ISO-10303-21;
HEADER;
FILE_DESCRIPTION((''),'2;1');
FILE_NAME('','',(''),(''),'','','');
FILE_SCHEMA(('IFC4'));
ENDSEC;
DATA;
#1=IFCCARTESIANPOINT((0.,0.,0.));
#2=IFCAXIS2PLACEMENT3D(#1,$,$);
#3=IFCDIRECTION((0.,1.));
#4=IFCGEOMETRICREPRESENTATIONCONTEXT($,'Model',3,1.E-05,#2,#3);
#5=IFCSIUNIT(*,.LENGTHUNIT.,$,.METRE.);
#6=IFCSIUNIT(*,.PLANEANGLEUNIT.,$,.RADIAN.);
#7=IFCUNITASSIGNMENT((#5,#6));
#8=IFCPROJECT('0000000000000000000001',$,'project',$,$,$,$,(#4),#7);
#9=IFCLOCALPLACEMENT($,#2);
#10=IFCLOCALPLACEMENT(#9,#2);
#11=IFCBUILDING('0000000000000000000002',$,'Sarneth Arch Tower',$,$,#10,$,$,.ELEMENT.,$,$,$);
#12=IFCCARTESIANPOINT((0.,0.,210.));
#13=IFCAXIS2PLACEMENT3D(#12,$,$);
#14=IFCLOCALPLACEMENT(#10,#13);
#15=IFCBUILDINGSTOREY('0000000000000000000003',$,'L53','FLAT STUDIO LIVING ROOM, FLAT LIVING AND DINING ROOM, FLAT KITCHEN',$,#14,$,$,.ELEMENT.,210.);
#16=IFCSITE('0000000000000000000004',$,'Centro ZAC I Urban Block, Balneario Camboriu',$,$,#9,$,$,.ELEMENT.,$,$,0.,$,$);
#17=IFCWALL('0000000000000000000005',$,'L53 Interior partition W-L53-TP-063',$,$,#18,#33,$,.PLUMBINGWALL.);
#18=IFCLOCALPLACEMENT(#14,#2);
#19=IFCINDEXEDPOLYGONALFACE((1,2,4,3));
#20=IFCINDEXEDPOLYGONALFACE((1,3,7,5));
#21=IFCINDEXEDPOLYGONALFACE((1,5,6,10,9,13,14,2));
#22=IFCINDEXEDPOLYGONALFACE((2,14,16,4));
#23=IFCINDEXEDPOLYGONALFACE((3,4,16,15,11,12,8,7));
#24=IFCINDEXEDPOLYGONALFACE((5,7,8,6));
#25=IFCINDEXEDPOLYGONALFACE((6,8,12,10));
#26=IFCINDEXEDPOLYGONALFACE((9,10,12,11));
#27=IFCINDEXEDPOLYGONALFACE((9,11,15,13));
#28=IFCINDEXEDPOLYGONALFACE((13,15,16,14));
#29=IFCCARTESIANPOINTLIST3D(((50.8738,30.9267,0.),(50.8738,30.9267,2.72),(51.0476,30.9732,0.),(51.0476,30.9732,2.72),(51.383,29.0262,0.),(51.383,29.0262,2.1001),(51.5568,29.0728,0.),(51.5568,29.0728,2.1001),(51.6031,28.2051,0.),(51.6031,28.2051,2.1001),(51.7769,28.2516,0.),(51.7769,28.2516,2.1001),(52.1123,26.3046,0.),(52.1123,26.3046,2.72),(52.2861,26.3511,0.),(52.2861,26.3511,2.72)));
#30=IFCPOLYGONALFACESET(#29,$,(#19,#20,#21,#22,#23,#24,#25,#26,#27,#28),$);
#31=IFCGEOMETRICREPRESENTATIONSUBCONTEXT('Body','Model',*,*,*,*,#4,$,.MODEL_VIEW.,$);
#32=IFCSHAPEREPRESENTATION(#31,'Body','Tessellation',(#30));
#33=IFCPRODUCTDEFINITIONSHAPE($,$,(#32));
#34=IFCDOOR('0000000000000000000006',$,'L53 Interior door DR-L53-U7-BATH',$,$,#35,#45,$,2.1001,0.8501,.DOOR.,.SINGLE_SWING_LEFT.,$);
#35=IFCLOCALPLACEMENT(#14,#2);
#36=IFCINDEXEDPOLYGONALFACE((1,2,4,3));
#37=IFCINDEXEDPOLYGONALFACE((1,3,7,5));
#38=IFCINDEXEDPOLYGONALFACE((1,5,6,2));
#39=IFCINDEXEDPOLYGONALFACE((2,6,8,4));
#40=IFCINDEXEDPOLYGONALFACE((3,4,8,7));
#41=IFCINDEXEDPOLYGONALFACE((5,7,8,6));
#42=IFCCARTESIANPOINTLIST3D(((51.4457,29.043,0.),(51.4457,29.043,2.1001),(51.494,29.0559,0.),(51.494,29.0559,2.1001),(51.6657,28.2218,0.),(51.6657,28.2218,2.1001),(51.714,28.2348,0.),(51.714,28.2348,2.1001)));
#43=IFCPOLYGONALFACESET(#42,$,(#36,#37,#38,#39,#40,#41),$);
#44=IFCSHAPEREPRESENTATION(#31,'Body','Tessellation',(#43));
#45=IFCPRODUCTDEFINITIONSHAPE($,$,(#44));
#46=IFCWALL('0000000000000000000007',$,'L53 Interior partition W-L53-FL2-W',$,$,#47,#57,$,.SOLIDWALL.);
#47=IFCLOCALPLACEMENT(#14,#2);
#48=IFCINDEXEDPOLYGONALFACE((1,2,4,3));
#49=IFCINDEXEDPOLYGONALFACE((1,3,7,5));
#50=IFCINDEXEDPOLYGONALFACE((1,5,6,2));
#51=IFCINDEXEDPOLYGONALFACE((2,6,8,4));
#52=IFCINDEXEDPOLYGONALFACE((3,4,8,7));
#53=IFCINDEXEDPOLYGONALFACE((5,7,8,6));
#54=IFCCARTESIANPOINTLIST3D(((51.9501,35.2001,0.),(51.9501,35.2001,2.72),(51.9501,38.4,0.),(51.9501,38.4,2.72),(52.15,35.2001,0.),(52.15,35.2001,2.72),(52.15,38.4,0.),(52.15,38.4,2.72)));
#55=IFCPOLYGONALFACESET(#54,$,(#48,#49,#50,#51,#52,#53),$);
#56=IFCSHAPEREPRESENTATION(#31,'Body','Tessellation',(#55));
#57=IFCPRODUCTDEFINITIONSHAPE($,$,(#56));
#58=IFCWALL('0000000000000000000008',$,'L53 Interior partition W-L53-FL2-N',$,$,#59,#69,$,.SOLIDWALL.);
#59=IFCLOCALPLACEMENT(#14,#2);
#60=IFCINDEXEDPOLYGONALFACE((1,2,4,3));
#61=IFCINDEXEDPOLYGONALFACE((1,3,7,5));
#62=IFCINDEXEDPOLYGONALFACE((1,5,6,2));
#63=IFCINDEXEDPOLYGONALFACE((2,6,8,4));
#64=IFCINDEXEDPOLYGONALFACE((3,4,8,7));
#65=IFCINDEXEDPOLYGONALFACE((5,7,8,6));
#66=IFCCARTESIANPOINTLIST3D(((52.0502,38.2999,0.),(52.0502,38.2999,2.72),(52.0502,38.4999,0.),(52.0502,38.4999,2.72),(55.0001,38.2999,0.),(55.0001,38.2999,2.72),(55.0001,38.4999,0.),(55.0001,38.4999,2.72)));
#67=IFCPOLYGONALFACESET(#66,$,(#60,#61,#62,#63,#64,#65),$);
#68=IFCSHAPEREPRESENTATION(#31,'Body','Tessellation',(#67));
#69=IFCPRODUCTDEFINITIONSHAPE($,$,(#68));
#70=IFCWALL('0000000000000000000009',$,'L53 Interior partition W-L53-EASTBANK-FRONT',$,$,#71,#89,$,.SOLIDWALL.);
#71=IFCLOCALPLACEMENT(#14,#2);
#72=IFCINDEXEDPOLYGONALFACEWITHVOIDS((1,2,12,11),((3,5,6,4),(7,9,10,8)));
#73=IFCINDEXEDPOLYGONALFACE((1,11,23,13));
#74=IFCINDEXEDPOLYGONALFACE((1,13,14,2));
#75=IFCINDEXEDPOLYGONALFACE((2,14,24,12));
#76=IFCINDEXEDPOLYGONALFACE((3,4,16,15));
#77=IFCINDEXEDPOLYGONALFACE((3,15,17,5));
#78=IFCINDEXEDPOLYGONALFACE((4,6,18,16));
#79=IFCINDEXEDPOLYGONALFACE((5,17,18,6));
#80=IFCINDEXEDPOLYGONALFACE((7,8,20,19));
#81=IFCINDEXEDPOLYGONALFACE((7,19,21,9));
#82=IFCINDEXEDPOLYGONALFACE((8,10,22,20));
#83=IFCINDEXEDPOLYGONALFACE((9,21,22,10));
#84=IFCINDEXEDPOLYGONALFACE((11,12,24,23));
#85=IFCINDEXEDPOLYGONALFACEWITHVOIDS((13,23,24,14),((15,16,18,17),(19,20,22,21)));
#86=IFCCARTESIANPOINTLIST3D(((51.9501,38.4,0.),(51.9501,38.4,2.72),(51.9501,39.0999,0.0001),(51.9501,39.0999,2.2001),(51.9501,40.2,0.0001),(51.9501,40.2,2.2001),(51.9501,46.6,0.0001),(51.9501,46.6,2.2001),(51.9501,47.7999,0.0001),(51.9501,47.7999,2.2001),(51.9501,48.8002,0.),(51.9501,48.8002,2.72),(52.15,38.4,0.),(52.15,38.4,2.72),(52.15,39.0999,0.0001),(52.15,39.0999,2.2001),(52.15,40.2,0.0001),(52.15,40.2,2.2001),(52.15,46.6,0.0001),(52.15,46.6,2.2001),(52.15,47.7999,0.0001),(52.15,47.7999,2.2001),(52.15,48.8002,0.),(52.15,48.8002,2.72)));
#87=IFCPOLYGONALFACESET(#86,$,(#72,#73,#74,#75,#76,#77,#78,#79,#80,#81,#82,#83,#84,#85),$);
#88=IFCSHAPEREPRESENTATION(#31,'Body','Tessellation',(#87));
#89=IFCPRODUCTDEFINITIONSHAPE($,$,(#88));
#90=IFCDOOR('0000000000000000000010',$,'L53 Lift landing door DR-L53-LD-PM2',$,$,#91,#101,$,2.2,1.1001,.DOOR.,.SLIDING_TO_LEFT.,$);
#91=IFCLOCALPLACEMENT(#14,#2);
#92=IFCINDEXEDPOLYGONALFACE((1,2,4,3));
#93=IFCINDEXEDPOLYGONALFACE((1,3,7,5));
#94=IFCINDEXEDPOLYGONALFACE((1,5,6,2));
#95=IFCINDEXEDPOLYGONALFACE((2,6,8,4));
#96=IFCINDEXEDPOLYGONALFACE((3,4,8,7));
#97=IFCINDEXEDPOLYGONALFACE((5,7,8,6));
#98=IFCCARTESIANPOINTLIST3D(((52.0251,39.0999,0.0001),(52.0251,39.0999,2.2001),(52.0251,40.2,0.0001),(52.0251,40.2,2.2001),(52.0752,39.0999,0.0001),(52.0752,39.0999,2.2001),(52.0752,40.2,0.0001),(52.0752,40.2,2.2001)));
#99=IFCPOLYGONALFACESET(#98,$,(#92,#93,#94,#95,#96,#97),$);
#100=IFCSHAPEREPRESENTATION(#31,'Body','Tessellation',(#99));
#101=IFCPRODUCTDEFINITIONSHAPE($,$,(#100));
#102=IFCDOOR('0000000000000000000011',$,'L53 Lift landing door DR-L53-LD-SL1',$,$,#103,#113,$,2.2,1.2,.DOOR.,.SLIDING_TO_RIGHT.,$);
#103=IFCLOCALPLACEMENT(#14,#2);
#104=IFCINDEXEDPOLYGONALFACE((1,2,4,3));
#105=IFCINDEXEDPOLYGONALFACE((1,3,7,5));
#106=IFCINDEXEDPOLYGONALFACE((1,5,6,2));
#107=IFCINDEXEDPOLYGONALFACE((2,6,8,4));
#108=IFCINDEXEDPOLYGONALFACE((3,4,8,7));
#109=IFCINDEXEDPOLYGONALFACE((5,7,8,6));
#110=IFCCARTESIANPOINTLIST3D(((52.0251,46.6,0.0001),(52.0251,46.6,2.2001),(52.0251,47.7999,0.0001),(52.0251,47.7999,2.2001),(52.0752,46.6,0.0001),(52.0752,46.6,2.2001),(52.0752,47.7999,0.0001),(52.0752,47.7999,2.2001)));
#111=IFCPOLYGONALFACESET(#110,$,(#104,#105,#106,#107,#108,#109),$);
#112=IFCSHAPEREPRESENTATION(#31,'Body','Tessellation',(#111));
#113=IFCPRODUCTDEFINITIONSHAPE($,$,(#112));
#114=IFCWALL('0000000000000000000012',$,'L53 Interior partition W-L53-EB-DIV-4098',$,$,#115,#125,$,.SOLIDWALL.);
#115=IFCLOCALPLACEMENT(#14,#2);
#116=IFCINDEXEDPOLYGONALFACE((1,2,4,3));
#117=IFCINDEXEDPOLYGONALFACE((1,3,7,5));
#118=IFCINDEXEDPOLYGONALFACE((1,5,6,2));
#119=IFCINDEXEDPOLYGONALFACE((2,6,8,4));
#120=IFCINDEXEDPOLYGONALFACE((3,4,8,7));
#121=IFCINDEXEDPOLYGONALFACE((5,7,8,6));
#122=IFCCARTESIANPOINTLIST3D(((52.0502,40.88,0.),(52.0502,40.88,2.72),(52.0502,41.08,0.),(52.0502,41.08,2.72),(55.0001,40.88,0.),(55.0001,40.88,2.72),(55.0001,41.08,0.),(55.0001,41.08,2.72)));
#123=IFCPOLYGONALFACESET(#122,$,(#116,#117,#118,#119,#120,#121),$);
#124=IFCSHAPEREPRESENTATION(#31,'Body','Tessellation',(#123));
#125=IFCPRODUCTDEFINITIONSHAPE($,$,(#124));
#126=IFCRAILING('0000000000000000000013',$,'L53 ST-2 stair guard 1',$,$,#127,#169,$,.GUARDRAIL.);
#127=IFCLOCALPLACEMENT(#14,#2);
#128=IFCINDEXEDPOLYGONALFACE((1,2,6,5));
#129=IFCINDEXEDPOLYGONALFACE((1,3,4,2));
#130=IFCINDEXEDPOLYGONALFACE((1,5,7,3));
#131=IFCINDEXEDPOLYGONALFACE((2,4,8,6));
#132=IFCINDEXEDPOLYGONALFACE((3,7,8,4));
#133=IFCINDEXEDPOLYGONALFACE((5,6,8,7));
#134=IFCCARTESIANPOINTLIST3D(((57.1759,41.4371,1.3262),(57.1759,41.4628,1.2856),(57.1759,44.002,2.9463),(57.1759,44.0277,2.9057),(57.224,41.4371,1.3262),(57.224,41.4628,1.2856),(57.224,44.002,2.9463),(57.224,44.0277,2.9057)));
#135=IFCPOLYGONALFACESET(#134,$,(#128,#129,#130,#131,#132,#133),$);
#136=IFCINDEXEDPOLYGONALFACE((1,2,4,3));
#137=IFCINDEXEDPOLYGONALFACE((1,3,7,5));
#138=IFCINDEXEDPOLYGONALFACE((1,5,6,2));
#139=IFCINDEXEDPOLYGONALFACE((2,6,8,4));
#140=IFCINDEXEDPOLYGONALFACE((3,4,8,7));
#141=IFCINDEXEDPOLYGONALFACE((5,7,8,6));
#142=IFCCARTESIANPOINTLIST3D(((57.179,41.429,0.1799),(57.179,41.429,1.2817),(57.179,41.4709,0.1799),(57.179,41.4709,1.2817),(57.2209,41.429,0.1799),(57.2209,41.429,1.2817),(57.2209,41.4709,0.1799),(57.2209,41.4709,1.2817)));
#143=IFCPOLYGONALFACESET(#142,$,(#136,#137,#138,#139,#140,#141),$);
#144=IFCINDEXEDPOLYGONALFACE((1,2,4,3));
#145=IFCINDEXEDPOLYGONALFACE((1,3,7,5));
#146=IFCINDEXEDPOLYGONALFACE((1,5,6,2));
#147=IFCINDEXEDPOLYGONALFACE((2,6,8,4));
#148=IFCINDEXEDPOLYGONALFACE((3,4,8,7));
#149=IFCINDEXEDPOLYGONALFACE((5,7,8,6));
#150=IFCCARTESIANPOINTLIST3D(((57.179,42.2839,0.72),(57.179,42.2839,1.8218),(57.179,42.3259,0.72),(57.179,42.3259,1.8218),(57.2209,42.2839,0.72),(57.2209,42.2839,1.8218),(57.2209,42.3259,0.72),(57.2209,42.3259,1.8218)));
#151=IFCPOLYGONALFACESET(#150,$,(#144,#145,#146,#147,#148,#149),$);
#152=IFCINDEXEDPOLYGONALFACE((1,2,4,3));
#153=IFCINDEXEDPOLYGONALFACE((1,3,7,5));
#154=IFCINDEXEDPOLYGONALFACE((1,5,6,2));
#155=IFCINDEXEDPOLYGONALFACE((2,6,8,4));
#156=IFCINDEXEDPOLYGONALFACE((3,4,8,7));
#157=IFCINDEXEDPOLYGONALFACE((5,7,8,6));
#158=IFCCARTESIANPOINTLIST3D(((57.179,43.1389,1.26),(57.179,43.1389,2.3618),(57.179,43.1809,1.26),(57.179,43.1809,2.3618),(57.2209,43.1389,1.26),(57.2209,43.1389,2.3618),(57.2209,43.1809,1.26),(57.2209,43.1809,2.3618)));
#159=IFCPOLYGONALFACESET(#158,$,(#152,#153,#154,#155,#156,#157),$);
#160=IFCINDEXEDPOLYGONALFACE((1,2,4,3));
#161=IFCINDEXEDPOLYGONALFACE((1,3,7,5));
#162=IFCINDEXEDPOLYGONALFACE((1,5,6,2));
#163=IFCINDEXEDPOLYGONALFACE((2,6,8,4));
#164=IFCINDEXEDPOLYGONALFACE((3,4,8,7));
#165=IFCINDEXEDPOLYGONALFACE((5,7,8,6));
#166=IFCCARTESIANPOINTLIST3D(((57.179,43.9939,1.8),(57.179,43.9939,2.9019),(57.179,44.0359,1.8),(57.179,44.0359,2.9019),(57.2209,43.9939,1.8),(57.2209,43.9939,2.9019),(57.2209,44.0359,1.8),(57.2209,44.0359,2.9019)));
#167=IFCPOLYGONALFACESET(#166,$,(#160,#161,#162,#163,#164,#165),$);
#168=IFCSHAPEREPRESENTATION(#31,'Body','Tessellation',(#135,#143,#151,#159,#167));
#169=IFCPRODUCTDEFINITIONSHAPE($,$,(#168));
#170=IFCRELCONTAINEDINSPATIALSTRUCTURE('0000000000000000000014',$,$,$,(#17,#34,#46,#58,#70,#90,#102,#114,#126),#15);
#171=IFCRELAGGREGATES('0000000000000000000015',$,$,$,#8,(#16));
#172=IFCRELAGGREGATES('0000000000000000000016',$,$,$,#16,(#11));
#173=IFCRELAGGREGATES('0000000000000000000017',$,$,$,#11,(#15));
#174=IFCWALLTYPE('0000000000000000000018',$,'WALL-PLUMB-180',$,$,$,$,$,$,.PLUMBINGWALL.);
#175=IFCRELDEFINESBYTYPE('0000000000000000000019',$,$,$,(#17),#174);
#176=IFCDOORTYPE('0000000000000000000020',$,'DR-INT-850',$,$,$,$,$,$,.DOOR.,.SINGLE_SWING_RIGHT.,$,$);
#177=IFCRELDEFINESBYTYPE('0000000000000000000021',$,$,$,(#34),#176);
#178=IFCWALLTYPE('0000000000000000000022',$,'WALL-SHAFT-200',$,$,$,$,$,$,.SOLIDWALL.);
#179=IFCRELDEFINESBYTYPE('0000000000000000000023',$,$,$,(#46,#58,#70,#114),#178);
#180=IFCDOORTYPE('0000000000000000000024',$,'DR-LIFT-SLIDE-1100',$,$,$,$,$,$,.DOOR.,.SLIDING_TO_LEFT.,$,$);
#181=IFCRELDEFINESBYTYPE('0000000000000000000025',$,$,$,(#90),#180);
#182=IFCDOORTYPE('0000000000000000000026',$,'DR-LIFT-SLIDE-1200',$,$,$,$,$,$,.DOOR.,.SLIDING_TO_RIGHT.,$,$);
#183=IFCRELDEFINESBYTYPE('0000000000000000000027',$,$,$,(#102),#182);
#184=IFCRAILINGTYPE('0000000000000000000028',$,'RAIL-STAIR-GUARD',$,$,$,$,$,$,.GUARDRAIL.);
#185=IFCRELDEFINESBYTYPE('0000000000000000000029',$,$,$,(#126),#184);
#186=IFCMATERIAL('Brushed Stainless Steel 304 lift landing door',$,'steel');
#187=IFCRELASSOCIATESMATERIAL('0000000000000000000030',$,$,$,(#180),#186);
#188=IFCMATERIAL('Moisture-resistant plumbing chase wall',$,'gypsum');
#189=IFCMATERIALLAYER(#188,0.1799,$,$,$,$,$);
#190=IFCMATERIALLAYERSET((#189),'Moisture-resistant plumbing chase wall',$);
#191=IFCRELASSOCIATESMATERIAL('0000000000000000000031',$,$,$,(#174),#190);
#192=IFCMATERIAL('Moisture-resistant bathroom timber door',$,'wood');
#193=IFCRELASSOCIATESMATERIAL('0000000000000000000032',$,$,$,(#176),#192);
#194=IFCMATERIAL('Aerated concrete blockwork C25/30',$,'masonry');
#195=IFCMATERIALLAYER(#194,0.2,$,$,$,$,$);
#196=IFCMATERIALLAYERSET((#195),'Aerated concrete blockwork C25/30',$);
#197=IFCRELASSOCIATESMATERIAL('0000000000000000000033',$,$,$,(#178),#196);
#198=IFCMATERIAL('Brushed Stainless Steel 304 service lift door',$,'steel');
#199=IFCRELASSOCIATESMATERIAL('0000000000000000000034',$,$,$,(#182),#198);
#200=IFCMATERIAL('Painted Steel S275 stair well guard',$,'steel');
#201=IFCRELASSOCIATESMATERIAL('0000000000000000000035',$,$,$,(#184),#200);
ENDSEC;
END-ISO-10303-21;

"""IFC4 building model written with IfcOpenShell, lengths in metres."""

from ifc_helpers import new_model, si_unit, direction, frame, frame_2d, origin, origin_2d, place, context, subcontext, project, spatial, rectangle, extrude, material, layer, layer_set, type_object, element, fill, save


model = new_model("IFC4")

# Units and contexts
model_context = context("Model", 3, precision=1e-05, world=origin(), true_north=direction((0.0, 1.0)))
body_context = subcontext(model_context, "Body", "Model", "MODEL_VIEW")
ifc_project = project(units=[si_unit("LENGTHUNIT", "METRE"), si_unit("PLANEANGLEUNIT", "RADIAN")], contexts=[model_context])

# Site, building, storey
site_placement = place(None, origin())
site = spatial("IfcSite", under=ifc_project, at=site_placement, Name="Centro ZAC I Urban Block, Balneario Camboriu", CompositionType="ELEMENT", RefElevation=0.0)
building_placement = place(site_placement, origin())
building = spatial("IfcBuilding", under=site, at=building_placement, Name="Sarneth Arch Tower", CompositionType="ELEMENT")
storey_placement = place(building_placement, frame((0.0, 0.0, 210.0)))
storey = spatial("IfcBuildingStorey", under=building, at=storey_placement, Name="L53", Description="FLAT STUDIO LIVING ROOM, FLAT LIVING AND DINING ROOM, FLAT KITCHEN", CompositionType="ELEMENT", Elevation=210.0)

# Shared definitions
ifc_material_1 = material(Name="Brushed Stainless Steel 304 lift landing door", Category="steel")
door_type_1 = type_object("IfcDoorType", Name="DR-LIFT-SLIDE-1100", OperationType="SLIDING_TO_LEFT", PredefinedType="DOOR", material=ifc_material_1)

# Shared definitions
ifc_material_2 = material(Name="Moisture-resistant plumbing chase wall", Category="gypsum")
ifc_layer_1 = layer(ifc_material_2, 0.1799)
ifc_layer_set_1 = layer_set([ifc_layer_1], Name="Moisture-resistant plumbing chase wall")
wall_type_1 = type_object("IfcWallType", Name="WALL-PLUMB-180", PredefinedType="PLUMBINGWALL", material=ifc_layer_set_1)

# Wall, opening, door
ifc_material_3 = material(Name="Moisture-resistant bathroom timber door", Category="wood")
door_type_2 = type_object("IfcDoorType", Name="DR-INT-850", OperationType="SINGLE_SWING_RIGHT", PredefinedType="DOOR", material=ifc_material_3)
wall_1_placement = place(storey_placement, frame((50.9607, 30.95, 0.0), z_axis=(0.0, 0.0, 1.0), x_axis=(0.258828, -0.965923, 0.0)))
wall_1 = element("IfcWall", 1, at=wall_1_placement, inside=storey, type_object=wall_type_1, Name="L53 Interior partition W-L53-TP-063", PredefinedType="PLUMBINGWALL", context=body_context, shape_type="SweptSolid", body=[
    extrude(rectangle(XDim=4.7852, YDim=0.1799, at=frame_2d((2.3926, 0.0))), origin(), (0.0, 0.0, 1.0), 2.72),
])
opening_1_placement = place(wall_1_placement, frame((1.9675, 0.0, 0.0)))
opening_1 = element("IfcOpeningElement", 2, at=opening_1_placement, cuts=wall_1, PredefinedType="OPENING", context=body_context, shape_type="SweptSolid", body=[
    extrude(rectangle(XDim=0.8501, YDim=2.1001, at=frame_2d((0.425, 1.05))), frame((0.0, 0.0999, 0.0), z_axis=(0.0, -1.0, 0.0), x_axis=(1.0, 0.0, 0.0)), (0.0, 0.0, 1.0), 0.2),
])
door_1_placement = place(opening_1_placement, origin())
door_1 = element("IfcDoor", 3, at=door_1_placement, inside=storey, type_object=door_type_2, Name="L53 Interior door DR-L53-U7-BATH", OperationType="SINGLE_SWING_LEFT", OverallHeight=2.1001, OverallWidth=0.8501, PredefinedType="DOOR", context=body_context, shape_type="SweptSolid", body=[
    extrude(rectangle(XDim=0.8501, YDim=2.1001, at=frame_2d((0.425, 1.05))), frame((0.0, 0.0249, 0.0), z_axis=(0.0, -1.0, 0.0), x_axis=(1.0, 0.0, 0.0)), (0.0, 0.0, 1.0), 0.05),
])
fill(opening_1, door_1)
ifc_material_4 = material(Name="Aerated concrete blockwork C25/30", Category="masonry")
ifc_layer_2 = layer(ifc_material_4, 0.2)
ifc_layer_set_2 = layer_set([ifc_layer_2], Name="Aerated concrete blockwork C25/30")
wall_type_2 = type_object("IfcWallType", Name="WALL-SHAFT-200", PredefinedType="SOLIDWALL", material=ifc_layer_set_2)

# Walls
wall_2_placement = place(storey_placement, frame((52.05, 35.2, 0.0), z_axis=(0.0, 0.0, 1.0), x_axis=(0.0, 1.0, 0.0)))
element("IfcWall", 4, at=wall_2_placement, inside=storey, type_object=wall_type_2, Name="L53 Interior partition W-L53-FL2-W", PredefinedType="SOLIDWALL", context=body_context, shape_type="SweptSolid", body=[
    extrude(rectangle(XDim=3.2, YDim=0.2, at=frame_2d((1.6001, 0.0))), origin(), (0.0, 0.0, 1.0), 2.72),
])
wall_3_placement = place(storey_placement, frame((52.05, 38.3999, 0.0), z_axis=(0.0, 0.0, 1.0), x_axis=(1.0, 0.0, 0.0)))
element("IfcWall", 5, at=wall_3_placement, inside=storey, type_object=wall_type_2, Name="L53 Interior partition W-L53-FL2-N", PredefinedType="SOLIDWALL", context=body_context, shape_type="SweptSolid", body=[
    extrude(rectangle(XDim=2.95, YDim=0.2, at=frame_2d((1.4751, 0.0))), origin(), (0.0, 0.0, 1.0), 2.72),
])

# Wall, openings, doors
wall_4_placement = place(storey_placement, frame((52.05, 38.3999, 0.0), z_axis=(0.0, 0.0, 1.0), x_axis=(0.0, 1.0, 0.0)))
wall_4 = element("IfcWall", 6, at=wall_4_placement, inside=storey, type_object=wall_type_2, Name="L53 Interior partition W-L53-EASTBANK-FRONT", PredefinedType="SOLIDWALL", context=body_context, shape_type="SweptSolid", body=[
    extrude(rectangle(XDim=10.4001, YDim=0.2, at=frame_2d((5.2002, 0.0))), origin(), (0.0, 0.0, 1.0), 2.72),
])
opening_2_placement = place(wall_4_placement, frame((0.7, 0.0, 0.0)))
opening_2 = element("IfcOpeningElement", 7, at=opening_2_placement, cuts=wall_4, PredefinedType="OPENING", context=body_context, shape_type="SweptSolid", body=[
    extrude(rectangle(XDim=1.1001, YDim=2.2, at=frame_2d((0.55, 1.1001))), frame((0.0, 0.1099, 0.0), z_axis=(0.0, -1.0, 0.0), x_axis=(1.0, 0.0, 0.0)), (0.0, 0.0, 1.0), 0.22),
])
opening_3_placement = place(wall_4_placement, frame((8.2, 0.0, 0.0)))
opening_3 = element("IfcOpeningElement", 8, at=opening_3_placement, cuts=wall_4, PredefinedType="OPENING", context=body_context, shape_type="SweptSolid", body=[
    extrude(rectangle(XDim=1.2, YDim=2.2, at=frame_2d((0.6001, 1.1001))), frame((0.0, 0.1099, 0.0), z_axis=(0.0, -1.0, 0.0), x_axis=(1.0, 0.0, 0.0)), (0.0, 0.0, 1.0), 0.22),
])
door_2_placement = place(opening_2_placement, origin())
door_2 = element("IfcDoor", 9, at=door_2_placement, inside=storey, type_object=door_type_1, Name="L53 Lift landing door DR-L53-LD-PM2", OperationType="SLIDING_TO_LEFT", OverallHeight=2.2, OverallWidth=1.1001, PredefinedType="DOOR", context=body_context, shape_type="SweptSolid", body=[
    extrude(rectangle(XDim=1.1001, YDim=2.2, at=frame_2d((0.55, 1.1001))), frame((0.0, 0.0249, 0.0), z_axis=(0.0, -1.0, 0.0), x_axis=(1.0, 0.0, 0.0)), (0.0, 0.0, 1.0), 0.05),
])
fill(opening_2, door_2)
ifc_material_5 = material(Name="Brushed Stainless Steel 304 service lift door", Category="steel")
door_type_3 = type_object("IfcDoorType", Name="DR-LIFT-SLIDE-1200", OperationType="SLIDING_TO_RIGHT", PredefinedType="DOOR", material=ifc_material_5)
door_3_placement = place(opening_3_placement, origin())
door_3 = element("IfcDoor", 10, at=door_3_placement, inside=storey, type_object=door_type_3, Name="L53 Lift landing door DR-L53-LD-SL1", OperationType="SLIDING_TO_RIGHT", OverallHeight=2.2, OverallWidth=1.2, PredefinedType="DOOR", context=body_context, shape_type="SweptSolid", body=[
    extrude(rectangle(XDim=1.2, YDim=2.2, at=frame_2d((0.6001, 1.1001))), frame((0.0, 0.0249, 0.0), z_axis=(0.0, -1.0, 0.0), x_axis=(1.0, 0.0, 0.0)), (0.0, 0.0, 1.0), 0.05),
])
fill(opening_3, door_3)

# Wall
wall_5_placement = place(storey_placement, frame((52.05, 40.98, 0.0), z_axis=(0.0, 0.0, 1.0), x_axis=(1.0, 0.0, 0.0)))
element("IfcWall", 11, at=wall_5_placement, inside=storey, type_object=wall_type_2, Name="L53 Interior partition W-L53-EB-DIV-4098", PredefinedType="SOLIDWALL", context=body_context, shape_type="SweptSolid", body=[
    extrude(rectangle(XDim=2.95, YDim=0.2, at=frame_2d((1.4751, 0.0))), origin(), (0.0, 0.0, 1.0), 2.72),
])

# Railing
ifc_material_6 = material(Name="Painted Steel S275 stair well guard", Category="steel")
railing_type = type_object("IfcRailingType", Name="RAIL-STAIR-GUARD", PredefinedType="GUARDRAIL", material=ifc_material_6)
railing_1_placement = place(storey_placement, frame((57.2, 41.45, 0.1799)))
element("IfcRailing", 12, at=railing_1_placement, inside=storey, type_object=railing_type, Name="L53 ST-2 stair guard 1", PredefinedType="GUARDRAIL", context=body_context, shape_type="SweptSolid", body=[
    extrude(rectangle(XDim=0.0481, YDim=0.0481, at=origin_2d()), frame((0.0, 0.0, 1.126), z_axis=(0.0, 0.845466, 0.534029), x_axis=(-1.0, 0.0, 0.0)), (0.0, 0.0, 1.0), 3.0337),
    extrude(rectangle(XDim=0.042, YDim=0.042, at=origin_2d()), origin(), (0.0, 0.0, 1.0), 1.1018),
    extrude(rectangle(XDim=0.042, YDim=0.042, at=origin_2d()), frame((0.0, 0.855, 0.54)), (0.0, 0.0, 1.0), 1.1018),
    extrude(rectangle(XDim=0.042, YDim=0.042, at=origin_2d()), frame((0.0, 1.71, 1.0801)), (0.0, 0.0, 1.0), 1.1018),
    extrude(rectangle(XDim=0.042, YDim=0.042, at=origin_2d()), frame((0.0, 2.5649, 1.6201)), (0.0, 0.0, 1.0), 1.1018),
])

save(model, "model.ifc")
